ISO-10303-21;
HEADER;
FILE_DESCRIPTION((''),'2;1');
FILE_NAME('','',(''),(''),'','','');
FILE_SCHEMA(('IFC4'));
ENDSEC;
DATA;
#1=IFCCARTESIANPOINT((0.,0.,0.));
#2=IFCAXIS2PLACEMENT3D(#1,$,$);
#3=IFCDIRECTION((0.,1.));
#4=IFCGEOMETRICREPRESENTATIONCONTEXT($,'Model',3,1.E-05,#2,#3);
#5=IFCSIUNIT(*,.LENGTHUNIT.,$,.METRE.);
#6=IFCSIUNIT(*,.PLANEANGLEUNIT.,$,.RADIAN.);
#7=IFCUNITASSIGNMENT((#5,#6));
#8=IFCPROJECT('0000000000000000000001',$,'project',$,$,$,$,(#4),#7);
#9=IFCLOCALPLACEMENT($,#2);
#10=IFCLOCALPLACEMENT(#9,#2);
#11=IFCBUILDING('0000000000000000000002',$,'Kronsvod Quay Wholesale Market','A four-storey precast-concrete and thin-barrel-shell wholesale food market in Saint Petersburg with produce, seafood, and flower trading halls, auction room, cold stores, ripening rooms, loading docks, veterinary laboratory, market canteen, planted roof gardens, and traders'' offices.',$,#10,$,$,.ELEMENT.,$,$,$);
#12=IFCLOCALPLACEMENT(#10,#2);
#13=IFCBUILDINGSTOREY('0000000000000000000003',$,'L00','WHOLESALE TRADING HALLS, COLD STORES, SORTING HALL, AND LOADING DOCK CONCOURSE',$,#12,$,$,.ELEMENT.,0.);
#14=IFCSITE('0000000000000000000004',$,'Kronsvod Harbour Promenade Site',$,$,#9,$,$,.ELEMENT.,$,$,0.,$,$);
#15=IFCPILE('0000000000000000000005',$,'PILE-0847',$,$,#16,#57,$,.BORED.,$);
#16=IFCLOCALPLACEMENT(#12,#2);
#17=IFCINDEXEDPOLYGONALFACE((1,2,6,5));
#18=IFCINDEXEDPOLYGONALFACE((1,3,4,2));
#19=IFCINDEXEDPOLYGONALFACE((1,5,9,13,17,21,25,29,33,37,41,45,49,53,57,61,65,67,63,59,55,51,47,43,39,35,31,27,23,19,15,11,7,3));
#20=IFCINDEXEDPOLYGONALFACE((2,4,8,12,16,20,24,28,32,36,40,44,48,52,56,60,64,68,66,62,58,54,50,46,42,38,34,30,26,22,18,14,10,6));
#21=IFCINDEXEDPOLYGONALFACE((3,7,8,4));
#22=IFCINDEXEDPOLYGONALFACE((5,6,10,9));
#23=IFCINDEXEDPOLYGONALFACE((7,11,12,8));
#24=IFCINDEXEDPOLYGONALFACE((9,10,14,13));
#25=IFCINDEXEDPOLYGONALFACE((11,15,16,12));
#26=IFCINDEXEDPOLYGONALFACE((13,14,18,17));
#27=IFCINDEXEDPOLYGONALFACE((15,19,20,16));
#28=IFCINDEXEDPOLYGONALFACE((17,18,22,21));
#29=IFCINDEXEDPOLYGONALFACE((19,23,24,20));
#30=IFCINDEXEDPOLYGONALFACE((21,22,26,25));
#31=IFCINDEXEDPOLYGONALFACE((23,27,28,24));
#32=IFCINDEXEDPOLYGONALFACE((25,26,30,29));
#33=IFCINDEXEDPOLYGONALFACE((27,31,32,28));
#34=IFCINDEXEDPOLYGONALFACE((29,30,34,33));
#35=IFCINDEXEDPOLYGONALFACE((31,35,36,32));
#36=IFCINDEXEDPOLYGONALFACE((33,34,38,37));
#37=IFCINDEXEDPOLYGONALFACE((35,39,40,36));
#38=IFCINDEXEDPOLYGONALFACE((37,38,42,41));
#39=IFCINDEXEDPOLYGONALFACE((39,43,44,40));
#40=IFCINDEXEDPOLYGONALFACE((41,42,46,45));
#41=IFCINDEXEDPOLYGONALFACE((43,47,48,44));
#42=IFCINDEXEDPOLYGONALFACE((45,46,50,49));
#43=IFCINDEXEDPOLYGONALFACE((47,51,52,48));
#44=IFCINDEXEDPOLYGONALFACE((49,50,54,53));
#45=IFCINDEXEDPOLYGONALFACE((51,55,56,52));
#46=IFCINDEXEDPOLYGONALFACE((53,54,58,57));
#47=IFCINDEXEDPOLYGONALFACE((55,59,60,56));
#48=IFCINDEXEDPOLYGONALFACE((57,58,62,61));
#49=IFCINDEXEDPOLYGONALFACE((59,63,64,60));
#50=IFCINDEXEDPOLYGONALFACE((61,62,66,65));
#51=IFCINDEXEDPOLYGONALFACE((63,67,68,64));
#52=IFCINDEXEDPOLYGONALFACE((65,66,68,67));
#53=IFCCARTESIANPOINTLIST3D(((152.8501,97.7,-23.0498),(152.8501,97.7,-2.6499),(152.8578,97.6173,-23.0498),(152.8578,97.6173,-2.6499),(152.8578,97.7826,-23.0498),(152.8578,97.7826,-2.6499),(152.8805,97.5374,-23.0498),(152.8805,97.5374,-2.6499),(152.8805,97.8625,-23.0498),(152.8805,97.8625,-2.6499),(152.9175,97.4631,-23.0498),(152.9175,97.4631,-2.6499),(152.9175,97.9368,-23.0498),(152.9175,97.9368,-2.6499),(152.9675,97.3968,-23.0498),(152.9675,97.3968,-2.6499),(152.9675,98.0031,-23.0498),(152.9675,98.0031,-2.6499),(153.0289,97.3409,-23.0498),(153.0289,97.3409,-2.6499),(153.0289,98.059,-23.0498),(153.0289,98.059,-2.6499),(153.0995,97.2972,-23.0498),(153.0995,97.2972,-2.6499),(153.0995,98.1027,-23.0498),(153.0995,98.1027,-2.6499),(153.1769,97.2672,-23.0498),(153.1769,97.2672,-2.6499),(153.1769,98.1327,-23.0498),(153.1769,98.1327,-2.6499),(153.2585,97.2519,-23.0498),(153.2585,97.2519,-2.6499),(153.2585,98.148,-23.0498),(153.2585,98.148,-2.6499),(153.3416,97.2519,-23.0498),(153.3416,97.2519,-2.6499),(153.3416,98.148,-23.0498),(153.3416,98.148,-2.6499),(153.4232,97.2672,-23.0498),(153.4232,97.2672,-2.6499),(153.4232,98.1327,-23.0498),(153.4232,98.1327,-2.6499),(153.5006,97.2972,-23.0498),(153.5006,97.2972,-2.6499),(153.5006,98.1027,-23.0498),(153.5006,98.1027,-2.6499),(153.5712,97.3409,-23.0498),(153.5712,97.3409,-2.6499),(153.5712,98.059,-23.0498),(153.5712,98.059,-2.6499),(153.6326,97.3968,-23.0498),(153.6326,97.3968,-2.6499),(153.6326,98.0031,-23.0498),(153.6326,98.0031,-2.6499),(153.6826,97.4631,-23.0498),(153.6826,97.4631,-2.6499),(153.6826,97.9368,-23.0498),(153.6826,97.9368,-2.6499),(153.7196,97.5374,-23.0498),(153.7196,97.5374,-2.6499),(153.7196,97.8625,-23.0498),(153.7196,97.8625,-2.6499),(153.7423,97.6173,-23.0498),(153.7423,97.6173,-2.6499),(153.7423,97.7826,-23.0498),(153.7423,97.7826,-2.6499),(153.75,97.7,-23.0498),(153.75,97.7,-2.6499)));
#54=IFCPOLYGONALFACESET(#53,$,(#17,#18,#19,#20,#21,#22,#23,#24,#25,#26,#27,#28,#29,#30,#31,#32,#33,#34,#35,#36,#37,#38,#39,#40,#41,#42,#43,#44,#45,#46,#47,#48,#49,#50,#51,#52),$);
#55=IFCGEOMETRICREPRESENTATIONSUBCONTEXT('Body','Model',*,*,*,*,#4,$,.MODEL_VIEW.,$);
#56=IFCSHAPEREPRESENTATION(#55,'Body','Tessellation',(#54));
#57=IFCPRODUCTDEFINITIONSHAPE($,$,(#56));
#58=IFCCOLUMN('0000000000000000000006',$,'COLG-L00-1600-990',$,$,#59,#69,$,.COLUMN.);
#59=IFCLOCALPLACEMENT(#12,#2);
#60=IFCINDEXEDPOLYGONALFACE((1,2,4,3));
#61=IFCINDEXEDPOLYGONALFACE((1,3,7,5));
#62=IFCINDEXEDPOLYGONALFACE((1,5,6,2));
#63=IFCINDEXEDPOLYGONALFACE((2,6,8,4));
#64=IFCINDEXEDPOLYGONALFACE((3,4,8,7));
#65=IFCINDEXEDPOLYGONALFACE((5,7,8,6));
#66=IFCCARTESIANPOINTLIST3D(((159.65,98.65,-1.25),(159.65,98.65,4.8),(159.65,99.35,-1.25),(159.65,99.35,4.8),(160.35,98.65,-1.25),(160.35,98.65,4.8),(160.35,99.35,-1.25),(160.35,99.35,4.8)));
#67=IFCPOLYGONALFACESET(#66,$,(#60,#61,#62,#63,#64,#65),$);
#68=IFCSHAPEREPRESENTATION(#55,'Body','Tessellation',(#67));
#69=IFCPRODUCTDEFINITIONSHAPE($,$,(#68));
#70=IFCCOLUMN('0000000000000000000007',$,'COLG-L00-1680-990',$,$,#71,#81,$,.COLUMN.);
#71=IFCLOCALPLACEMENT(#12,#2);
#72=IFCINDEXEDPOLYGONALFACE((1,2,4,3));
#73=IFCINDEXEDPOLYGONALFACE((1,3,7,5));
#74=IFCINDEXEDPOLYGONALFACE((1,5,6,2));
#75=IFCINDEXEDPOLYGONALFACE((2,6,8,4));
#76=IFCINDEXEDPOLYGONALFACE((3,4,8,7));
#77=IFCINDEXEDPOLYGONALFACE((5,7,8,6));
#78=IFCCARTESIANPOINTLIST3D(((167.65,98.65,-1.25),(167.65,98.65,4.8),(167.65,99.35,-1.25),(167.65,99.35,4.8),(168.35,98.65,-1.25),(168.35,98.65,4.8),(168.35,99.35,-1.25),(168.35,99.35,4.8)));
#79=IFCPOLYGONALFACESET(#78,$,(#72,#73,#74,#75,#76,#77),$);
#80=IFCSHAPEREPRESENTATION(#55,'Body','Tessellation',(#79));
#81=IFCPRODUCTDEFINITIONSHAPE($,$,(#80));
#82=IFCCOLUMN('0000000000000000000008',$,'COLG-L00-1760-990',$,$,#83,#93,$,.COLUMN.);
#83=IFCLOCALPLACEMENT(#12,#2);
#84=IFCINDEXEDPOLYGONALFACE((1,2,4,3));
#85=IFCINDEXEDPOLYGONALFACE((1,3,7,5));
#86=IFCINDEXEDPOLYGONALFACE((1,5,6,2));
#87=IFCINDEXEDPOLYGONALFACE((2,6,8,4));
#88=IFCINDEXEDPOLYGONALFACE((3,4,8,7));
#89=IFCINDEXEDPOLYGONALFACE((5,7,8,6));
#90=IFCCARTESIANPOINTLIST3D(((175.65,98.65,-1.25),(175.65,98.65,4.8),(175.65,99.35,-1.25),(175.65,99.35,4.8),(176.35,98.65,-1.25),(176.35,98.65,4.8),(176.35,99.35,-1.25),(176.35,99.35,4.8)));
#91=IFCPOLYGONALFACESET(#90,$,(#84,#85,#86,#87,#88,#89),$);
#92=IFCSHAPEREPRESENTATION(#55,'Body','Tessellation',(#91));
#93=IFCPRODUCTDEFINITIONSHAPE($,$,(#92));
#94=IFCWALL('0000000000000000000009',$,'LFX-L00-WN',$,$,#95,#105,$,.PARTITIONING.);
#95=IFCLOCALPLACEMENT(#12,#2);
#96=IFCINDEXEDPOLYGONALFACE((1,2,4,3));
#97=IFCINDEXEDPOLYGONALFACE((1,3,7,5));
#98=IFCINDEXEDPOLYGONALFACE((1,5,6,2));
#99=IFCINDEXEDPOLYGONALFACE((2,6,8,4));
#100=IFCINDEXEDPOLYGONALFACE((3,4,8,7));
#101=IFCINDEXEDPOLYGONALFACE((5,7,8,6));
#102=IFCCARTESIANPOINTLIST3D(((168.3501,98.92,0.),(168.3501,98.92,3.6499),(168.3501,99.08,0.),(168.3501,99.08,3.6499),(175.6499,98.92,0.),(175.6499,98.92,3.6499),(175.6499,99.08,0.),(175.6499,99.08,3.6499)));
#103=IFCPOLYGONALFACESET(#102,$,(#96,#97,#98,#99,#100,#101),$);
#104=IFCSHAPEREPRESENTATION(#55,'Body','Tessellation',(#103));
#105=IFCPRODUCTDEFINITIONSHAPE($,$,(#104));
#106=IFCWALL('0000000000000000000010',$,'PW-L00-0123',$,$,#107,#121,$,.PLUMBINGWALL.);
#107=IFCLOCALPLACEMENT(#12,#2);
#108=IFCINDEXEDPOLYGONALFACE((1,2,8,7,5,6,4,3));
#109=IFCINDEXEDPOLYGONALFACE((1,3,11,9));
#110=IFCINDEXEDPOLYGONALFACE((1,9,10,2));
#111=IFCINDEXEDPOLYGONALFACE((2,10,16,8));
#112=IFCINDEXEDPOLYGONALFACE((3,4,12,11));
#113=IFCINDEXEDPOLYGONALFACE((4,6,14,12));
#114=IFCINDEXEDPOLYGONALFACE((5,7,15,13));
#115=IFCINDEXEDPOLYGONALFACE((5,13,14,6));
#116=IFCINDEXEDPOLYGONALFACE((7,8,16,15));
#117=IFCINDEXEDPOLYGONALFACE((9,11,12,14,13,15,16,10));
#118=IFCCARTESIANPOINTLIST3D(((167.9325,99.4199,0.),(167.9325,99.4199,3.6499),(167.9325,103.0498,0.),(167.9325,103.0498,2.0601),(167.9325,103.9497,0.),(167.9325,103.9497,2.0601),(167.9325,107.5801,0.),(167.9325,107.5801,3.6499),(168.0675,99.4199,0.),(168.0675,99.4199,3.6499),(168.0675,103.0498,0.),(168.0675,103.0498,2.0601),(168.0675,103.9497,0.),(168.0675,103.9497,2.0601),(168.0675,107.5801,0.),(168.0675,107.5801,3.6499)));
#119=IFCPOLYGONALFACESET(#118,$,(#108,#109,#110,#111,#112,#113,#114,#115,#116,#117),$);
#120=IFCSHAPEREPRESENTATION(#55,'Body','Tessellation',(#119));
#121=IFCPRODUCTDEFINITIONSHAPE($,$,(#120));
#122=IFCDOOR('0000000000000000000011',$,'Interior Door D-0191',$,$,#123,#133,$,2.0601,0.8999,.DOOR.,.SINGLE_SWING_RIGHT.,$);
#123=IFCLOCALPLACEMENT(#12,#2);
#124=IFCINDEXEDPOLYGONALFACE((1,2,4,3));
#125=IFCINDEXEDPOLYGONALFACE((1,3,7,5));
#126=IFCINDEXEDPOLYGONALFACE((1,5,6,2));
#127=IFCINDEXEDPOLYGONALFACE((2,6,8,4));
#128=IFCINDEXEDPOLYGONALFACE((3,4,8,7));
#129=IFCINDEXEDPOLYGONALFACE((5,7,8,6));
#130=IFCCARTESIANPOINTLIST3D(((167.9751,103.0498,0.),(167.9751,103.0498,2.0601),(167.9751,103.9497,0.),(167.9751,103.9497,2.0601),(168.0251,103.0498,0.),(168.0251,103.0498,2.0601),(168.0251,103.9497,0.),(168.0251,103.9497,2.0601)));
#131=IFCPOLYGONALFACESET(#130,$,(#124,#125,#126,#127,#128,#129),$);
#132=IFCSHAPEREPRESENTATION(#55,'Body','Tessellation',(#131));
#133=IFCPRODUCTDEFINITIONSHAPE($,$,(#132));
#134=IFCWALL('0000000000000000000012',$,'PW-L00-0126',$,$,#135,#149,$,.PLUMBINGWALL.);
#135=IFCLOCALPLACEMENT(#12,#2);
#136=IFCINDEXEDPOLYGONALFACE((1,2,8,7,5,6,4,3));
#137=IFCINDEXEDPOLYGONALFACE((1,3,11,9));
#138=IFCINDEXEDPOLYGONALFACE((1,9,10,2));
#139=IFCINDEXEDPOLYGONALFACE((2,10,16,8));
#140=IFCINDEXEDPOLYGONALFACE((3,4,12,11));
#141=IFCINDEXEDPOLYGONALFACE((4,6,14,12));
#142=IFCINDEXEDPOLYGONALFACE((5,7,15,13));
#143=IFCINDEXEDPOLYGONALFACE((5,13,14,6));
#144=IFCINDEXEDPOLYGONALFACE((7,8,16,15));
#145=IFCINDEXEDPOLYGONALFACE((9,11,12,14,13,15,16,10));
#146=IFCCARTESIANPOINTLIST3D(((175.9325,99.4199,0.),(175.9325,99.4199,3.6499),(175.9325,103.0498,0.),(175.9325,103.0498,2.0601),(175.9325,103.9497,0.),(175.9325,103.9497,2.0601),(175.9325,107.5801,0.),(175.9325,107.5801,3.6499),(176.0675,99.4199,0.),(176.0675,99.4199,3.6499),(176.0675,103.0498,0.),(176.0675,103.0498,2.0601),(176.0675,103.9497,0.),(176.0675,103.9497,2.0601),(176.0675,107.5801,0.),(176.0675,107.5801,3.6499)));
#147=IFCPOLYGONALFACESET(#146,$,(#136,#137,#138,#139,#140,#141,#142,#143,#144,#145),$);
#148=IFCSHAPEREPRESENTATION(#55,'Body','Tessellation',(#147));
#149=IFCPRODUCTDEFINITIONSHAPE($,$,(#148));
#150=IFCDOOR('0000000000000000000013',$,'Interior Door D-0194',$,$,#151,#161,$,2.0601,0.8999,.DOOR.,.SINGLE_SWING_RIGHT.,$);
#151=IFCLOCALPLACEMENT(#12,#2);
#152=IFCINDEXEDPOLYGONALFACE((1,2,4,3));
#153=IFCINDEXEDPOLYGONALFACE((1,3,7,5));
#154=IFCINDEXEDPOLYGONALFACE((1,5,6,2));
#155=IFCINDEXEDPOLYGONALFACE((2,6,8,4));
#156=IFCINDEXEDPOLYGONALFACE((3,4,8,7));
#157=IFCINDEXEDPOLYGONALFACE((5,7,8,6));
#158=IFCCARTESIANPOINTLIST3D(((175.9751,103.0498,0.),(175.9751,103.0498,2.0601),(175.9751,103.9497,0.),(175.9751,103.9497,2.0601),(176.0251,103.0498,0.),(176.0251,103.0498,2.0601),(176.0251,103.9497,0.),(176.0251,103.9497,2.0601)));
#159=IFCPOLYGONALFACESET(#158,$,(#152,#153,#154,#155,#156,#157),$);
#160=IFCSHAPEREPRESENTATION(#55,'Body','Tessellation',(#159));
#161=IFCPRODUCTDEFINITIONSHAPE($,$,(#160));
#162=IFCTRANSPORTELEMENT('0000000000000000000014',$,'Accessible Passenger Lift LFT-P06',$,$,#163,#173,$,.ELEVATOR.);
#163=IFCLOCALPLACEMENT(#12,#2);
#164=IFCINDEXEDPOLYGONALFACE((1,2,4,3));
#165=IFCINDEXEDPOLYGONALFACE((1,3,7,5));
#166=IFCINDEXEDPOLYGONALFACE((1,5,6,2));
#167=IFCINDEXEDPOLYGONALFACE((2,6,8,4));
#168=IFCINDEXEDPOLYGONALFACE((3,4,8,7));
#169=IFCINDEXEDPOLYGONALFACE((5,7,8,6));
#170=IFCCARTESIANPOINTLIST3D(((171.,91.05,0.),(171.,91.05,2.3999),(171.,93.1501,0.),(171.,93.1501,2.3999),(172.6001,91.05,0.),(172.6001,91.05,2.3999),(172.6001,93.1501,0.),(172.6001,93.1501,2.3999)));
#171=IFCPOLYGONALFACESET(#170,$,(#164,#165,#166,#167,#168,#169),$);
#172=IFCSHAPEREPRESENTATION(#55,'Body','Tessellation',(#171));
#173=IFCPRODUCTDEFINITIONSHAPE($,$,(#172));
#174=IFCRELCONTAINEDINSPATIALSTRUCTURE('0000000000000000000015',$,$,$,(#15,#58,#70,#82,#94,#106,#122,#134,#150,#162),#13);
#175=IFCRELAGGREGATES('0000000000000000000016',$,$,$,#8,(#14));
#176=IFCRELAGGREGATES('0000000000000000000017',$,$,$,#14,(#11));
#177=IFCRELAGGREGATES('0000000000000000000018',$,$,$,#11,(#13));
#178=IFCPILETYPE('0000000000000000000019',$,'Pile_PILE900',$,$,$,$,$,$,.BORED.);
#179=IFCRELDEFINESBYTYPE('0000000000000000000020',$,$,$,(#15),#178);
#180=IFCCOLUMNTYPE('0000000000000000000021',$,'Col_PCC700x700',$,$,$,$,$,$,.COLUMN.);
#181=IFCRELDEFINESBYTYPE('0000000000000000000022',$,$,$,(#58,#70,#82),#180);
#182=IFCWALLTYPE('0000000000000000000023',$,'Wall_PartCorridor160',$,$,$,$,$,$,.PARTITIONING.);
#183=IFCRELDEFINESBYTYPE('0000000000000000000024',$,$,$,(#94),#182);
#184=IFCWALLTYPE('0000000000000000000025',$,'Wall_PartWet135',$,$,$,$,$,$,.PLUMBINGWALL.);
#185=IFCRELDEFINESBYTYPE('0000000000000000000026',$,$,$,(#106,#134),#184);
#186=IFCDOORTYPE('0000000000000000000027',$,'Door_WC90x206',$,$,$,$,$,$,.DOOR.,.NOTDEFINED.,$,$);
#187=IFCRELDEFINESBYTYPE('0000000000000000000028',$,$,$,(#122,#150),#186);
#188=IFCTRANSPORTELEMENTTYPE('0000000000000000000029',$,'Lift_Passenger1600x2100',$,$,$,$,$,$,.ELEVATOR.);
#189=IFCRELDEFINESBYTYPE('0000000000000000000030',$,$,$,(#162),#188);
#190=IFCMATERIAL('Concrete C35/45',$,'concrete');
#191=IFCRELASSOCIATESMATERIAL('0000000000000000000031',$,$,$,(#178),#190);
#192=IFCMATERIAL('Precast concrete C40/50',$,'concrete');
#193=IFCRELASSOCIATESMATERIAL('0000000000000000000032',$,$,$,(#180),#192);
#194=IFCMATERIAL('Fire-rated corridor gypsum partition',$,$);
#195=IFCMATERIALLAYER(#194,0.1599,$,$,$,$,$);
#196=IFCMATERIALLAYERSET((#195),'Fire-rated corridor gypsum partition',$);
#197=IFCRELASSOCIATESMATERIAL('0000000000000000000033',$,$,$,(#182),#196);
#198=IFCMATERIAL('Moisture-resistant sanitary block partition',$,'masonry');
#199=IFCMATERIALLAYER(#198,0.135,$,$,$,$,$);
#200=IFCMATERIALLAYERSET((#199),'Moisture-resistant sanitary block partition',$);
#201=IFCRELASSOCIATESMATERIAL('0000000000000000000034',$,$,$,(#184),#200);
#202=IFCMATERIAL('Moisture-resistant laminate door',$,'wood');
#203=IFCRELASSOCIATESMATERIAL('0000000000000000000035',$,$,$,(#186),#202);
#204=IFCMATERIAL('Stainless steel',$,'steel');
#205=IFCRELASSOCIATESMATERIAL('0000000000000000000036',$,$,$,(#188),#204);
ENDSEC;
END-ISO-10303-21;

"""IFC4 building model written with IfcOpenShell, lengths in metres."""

from ifc_helpers import new_model, si_unit, direction, frame, frame_2d, origin, origin_2d, place, context, subcontext, project, spatial, rectangle, circle, extrude, material, layer, layer_set, material_profile, profile_set, type_object, element, fill, save


model = new_model("IFC4")

# Units and contexts
model_context = context("Model", 3, precision=1e-05, world=origin(), true_north=direction((0.0, 1.0)))
body_context = subcontext(model_context, "Body", "Model", "MODEL_VIEW")
ifc_project = project(units=[si_unit("LENGTHUNIT", "METRE"), si_unit("PLANEANGLEUNIT", "RADIAN")], contexts=[model_context])

# Site, building, storey
site_placement = place(None, origin())
site = spatial("IfcSite", under=ifc_project, at=site_placement, Name="Kronsvod Harbour Promenade Site", CompositionType="ELEMENT", RefElevation=0.0)
building_placement = place(site_placement, origin())
building = spatial("IfcBuilding", under=site, at=building_placement, Name="Kronsvod Quay Wholesale Market", Description="A four-storey precast-concrete and thin-barrel-shell wholesale food market in Saint Petersburg with produce, seafood, and flower trading halls, auction room, cold stores, ripening rooms, loading docks, veterinary laboratory, market canteen, planted roof gardens, and traders' offices.", CompositionType="ELEMENT")
storey_placement = place(building_placement, origin())
storey = spatial("IfcBuildingStorey", under=building, at=storey_placement, Name="L00", Description="WHOLESALE TRADING HALLS, COLD STORES, SORTING HALL, AND LOADING DOCK CONCOURSE", CompositionType="ELEMENT", Elevation=0.0)

# Pile
ifc_material_1 = material(Name="Concrete C35/45", Category="concrete")
ifc_material_profile_1 = material_profile(ifc_material_1, circle(Radius=0.45, at=origin_2d()), Name="PILE900")
ifc_profile_set_1 = profile_set([ifc_material_profile_1], Name="Concrete C35/45")
pile_type_1 = type_object("IfcPileType", Name="Pile_PILE900", PredefinedType="BORED", material=ifc_profile_set_1)
pile_placement = place(storey_placement, frame((153.3, 97.7, -2.6499), z_axis=(0.0, 0.0, -1.0), x_axis=(1.0, 0.0, 0.0)))
element("IfcPile", 1, at=pile_placement, inside=storey, type_object=pile_type_1, Name="PILE-0847", PredefinedType="BORED", context=body_context, shape_type="SweptSolid", body=[
    extrude(circle(Radius=0.45, at=origin_2d()), origin(), (0.0, 0.0, 1.0), 20.3999),
])

# Columns
ifc_material_2 = material(Name="Precast concrete C40/50", Category="concrete")
ifc_material_profile_2 = material_profile(ifc_material_2, rectangle(XDim=0.7, YDim=0.7, at=origin_2d()), Name="PCC700x700")
ifc_profile_set_2 = profile_set([ifc_material_profile_2], Name="Precast concrete C40/50")
column_type = type_object("IfcColumnType", Name="Col_PCC700x700", PredefinedType="COLUMN", material=ifc_profile_set_2)
for number, where, z_axis, x_axis, name in (
    (2, (160.0, 99.0, -1.25), (0.0, 0.0, 1.0), (1.0, 0.0, 0.0), "COLG-L00-1600-990"),
    (3, (168.0, 99.0, -1.25), (0.0, 0.0, 1.0), (1.0, 0.0, 0.0), "COLG-L00-1680-990"),
    (4, (176.0, 99.0, -1.25), (0.0, 0.0, 1.0), (1.0, 0.0, 0.0), "COLG-L00-1760-990"),
):
    element("IfcColumn", number, at=place(storey_placement, frame(where, z_axis=z_axis, x_axis=x_axis)), inside=storey, type_object=column_type, Name=name, PredefinedType="COLUMN", context=body_context, shape_type="SweptSolid", body=[
        extrude(rectangle(XDim=0.7, YDim=0.7, at=origin_2d()), origin(), (0.0, 0.0, 1.0), 6.05),
    ])

# Shared definitions
ifc_material_3 = material(Name="Fire-rated corridor gypsum partition")
ifc_layer_1 = layer(ifc_material_3, 0.1599)
ifc_layer_set_1 = layer_set([ifc_layer_1], Name="Fire-rated corridor gypsum partition")
wall_type_1 = type_object("IfcWallType", Name="Wall_PartCorridor160", PredefinedType="PARTITIONING", material=ifc_layer_set_1)

# Wall
wall_1_placement = place(storey_placement, frame((168.3501, 99.0, 0.0), z_axis=(0.0, 0.0, 1.0), x_axis=(1.0, 0.0, 0.0)))
element("IfcWall", 5, at=wall_1_placement, inside=storey, type_object=wall_type_1, Name="LFX-L00-WN", PredefinedType="PARTITIONING", context=body_context, shape_type="SweptSolid", body=[
    extrude(rectangle(XDim=7.2998, YDim=0.1599, at=frame_2d((3.6499, 0.0))), origin(), (0.0, 0.0, 1.0), 3.6499),
])

# Walls, openings, doors
ifc_material_4 = material(Name="Moisture-resistant sanitary block partition", Category="masonry")
ifc_layer_2 = layer(ifc_material_4, 0.135)
ifc_layer_set_2 = layer_set([ifc_layer_2], Name="Moisture-resistant sanitary block partition")
wall_type_2 = type_object("IfcWallType", Name="Wall_PartWet135", PredefinedType="PLUMBINGWALL", material=ifc_layer_set_2)
wall_2_placement = place(storey_placement, frame((168.0, 99.4199, 0.0), z_axis=(0.0, 0.0, 1.0), x_axis=(0.0, 1.0, 0.0)))
wall_2 = element("IfcWall", 6, at=wall_2_placement, inside=storey, type_object=wall_type_2, Name="PW-L00-0123", PredefinedType="PLUMBINGWALL", context=body_context, shape_type="SweptSolid", body=[
    extrude(rectangle(XDim=8.1602, YDim=0.135, at=frame_2d((4.0801, 0.0))), origin(), (0.0, 0.0, 1.0), 3.6499),
])
opening_1_placement = place(wall_2_placement, frame((3.6299, 0.0, 0.0)))
opening_1 = element("IfcOpeningElement", 7, at=opening_1_placement, cuts=wall_2, PredefinedType="OPENING", context=body_context, shape_type="SweptSolid", body=[
    extrude(rectangle(XDim=0.8999, YDim=2.0601, at=frame_2d((0.45, 1.03))), frame((0.0, 0.0776, 0.0), z_axis=(0.0, -1.0, 0.0), x_axis=(1.0, 0.0, 0.0)), (0.0, 0.0, 1.0), 0.155),
])
ifc_material_5 = material(Name="Moisture-resistant laminate door", Category="wood")
door_type_1 = type_object("IfcDoorType", Name="Door_WC90x206", OperationType="NOTDEFINED", PredefinedType="DOOR", material=ifc_material_5)
door_1_placement = place(opening_1_placement, origin())
door_1 = element("IfcDoor", 8, at=door_1_placement, inside=storey, type_object=door_type_1, Name="Interior Door D-0191", OperationType="SINGLE_SWING_RIGHT", OverallHeight=2.0601, OverallWidth=0.8999, PredefinedType="DOOR", context=body_context, shape_type="SweptSolid", body=[
    extrude(rectangle(XDim=0.8999, YDim=2.0601, at=frame_2d((0.45, 1.03))), frame((0.0, 0.0249, 0.0), z_axis=(0.0, -1.0, 0.0), x_axis=(1.0, 0.0, 0.0)), (0.0, 0.0, 1.0), 0.05),
])
fill(opening_1, door_1)
wall_3_placement = place(storey_placement, frame((176.0, 99.4199, 0.0), z_axis=(0.0, 0.0, 1.0), x_axis=(0.0, 1.0, 0.0)))
wall_3 = element("IfcWall", 9, at=wall_3_placement, inside=storey, type_object=wall_type_2, Name="PW-L00-0126", PredefinedType="PLUMBINGWALL", context=body_context, shape_type="SweptSolid", body=[
    extrude(rectangle(XDim=8.1602, YDim=0.135, at=frame_2d((4.0801, 0.0))), origin(), (0.0, 0.0, 1.0), 3.6499),
])
opening_2_placement = place(wall_3_placement, frame((3.6299, 0.0, 0.0)))
opening_2 = element("IfcOpeningElement", 10, at=opening_2_placement, cuts=wall_3, PredefinedType="OPENING", context=body_context, shape_type="SweptSolid", body=[
    extrude(rectangle(XDim=0.8999, YDim=2.0601, at=frame_2d((0.45, 1.03))), frame((0.0, 0.0776, 0.0), z_axis=(0.0, -1.0, 0.0), x_axis=(1.0, 0.0, 0.0)), (0.0, 0.0, 1.0), 0.155),
])
door_2_placement = place(opening_2_placement, origin())
door_2 = element("IfcDoor", 11, at=door_2_placement, inside=storey, type_object=door_type_1, Name="Interior Door D-0194", OperationType="SINGLE_SWING_RIGHT", OverallHeight=2.0601, OverallWidth=0.8999, PredefinedType="DOOR", context=body_context, shape_type="SweptSolid", body=[
    extrude(rectangle(XDim=0.8999, YDim=2.0601, at=frame_2d((0.45, 1.03))), frame((0.0, 0.0249, 0.0), z_axis=(0.0, -1.0, 0.0), x_axis=(1.0, 0.0, 0.0)), (0.0, 0.0, 1.0), 0.05),
])
fill(opening_2, door_2)

# Transport element
ifc_material_6 = material(Name="Stainless steel", Category="steel")
transport_element_type = type_object("IfcTransportElementType", Name="Lift_Passenger1600x2100", PredefinedType="ELEVATOR", material=ifc_material_6)
transport_element_placement = place(storey_placement, frame((171.8, 92.1001, 0.0), z_axis=(0.0, 0.0, 1.0), x_axis=(1.0, 0.0, 0.0)))
element("IfcTransportElement", 12, at=transport_element_placement, inside=storey, type_object=transport_element_type, Name="Accessible Passenger Lift LFT-P06", PredefinedType="ELEVATOR", context=body_context, shape_type="SweptSolid", body=[
    extrude(rectangle(XDim=1.6001, YDim=2.1001, at=origin_2d()), origin(), (0.0, 0.0, 1.0), 2.3999),
])

save(model, "model.ifc")
